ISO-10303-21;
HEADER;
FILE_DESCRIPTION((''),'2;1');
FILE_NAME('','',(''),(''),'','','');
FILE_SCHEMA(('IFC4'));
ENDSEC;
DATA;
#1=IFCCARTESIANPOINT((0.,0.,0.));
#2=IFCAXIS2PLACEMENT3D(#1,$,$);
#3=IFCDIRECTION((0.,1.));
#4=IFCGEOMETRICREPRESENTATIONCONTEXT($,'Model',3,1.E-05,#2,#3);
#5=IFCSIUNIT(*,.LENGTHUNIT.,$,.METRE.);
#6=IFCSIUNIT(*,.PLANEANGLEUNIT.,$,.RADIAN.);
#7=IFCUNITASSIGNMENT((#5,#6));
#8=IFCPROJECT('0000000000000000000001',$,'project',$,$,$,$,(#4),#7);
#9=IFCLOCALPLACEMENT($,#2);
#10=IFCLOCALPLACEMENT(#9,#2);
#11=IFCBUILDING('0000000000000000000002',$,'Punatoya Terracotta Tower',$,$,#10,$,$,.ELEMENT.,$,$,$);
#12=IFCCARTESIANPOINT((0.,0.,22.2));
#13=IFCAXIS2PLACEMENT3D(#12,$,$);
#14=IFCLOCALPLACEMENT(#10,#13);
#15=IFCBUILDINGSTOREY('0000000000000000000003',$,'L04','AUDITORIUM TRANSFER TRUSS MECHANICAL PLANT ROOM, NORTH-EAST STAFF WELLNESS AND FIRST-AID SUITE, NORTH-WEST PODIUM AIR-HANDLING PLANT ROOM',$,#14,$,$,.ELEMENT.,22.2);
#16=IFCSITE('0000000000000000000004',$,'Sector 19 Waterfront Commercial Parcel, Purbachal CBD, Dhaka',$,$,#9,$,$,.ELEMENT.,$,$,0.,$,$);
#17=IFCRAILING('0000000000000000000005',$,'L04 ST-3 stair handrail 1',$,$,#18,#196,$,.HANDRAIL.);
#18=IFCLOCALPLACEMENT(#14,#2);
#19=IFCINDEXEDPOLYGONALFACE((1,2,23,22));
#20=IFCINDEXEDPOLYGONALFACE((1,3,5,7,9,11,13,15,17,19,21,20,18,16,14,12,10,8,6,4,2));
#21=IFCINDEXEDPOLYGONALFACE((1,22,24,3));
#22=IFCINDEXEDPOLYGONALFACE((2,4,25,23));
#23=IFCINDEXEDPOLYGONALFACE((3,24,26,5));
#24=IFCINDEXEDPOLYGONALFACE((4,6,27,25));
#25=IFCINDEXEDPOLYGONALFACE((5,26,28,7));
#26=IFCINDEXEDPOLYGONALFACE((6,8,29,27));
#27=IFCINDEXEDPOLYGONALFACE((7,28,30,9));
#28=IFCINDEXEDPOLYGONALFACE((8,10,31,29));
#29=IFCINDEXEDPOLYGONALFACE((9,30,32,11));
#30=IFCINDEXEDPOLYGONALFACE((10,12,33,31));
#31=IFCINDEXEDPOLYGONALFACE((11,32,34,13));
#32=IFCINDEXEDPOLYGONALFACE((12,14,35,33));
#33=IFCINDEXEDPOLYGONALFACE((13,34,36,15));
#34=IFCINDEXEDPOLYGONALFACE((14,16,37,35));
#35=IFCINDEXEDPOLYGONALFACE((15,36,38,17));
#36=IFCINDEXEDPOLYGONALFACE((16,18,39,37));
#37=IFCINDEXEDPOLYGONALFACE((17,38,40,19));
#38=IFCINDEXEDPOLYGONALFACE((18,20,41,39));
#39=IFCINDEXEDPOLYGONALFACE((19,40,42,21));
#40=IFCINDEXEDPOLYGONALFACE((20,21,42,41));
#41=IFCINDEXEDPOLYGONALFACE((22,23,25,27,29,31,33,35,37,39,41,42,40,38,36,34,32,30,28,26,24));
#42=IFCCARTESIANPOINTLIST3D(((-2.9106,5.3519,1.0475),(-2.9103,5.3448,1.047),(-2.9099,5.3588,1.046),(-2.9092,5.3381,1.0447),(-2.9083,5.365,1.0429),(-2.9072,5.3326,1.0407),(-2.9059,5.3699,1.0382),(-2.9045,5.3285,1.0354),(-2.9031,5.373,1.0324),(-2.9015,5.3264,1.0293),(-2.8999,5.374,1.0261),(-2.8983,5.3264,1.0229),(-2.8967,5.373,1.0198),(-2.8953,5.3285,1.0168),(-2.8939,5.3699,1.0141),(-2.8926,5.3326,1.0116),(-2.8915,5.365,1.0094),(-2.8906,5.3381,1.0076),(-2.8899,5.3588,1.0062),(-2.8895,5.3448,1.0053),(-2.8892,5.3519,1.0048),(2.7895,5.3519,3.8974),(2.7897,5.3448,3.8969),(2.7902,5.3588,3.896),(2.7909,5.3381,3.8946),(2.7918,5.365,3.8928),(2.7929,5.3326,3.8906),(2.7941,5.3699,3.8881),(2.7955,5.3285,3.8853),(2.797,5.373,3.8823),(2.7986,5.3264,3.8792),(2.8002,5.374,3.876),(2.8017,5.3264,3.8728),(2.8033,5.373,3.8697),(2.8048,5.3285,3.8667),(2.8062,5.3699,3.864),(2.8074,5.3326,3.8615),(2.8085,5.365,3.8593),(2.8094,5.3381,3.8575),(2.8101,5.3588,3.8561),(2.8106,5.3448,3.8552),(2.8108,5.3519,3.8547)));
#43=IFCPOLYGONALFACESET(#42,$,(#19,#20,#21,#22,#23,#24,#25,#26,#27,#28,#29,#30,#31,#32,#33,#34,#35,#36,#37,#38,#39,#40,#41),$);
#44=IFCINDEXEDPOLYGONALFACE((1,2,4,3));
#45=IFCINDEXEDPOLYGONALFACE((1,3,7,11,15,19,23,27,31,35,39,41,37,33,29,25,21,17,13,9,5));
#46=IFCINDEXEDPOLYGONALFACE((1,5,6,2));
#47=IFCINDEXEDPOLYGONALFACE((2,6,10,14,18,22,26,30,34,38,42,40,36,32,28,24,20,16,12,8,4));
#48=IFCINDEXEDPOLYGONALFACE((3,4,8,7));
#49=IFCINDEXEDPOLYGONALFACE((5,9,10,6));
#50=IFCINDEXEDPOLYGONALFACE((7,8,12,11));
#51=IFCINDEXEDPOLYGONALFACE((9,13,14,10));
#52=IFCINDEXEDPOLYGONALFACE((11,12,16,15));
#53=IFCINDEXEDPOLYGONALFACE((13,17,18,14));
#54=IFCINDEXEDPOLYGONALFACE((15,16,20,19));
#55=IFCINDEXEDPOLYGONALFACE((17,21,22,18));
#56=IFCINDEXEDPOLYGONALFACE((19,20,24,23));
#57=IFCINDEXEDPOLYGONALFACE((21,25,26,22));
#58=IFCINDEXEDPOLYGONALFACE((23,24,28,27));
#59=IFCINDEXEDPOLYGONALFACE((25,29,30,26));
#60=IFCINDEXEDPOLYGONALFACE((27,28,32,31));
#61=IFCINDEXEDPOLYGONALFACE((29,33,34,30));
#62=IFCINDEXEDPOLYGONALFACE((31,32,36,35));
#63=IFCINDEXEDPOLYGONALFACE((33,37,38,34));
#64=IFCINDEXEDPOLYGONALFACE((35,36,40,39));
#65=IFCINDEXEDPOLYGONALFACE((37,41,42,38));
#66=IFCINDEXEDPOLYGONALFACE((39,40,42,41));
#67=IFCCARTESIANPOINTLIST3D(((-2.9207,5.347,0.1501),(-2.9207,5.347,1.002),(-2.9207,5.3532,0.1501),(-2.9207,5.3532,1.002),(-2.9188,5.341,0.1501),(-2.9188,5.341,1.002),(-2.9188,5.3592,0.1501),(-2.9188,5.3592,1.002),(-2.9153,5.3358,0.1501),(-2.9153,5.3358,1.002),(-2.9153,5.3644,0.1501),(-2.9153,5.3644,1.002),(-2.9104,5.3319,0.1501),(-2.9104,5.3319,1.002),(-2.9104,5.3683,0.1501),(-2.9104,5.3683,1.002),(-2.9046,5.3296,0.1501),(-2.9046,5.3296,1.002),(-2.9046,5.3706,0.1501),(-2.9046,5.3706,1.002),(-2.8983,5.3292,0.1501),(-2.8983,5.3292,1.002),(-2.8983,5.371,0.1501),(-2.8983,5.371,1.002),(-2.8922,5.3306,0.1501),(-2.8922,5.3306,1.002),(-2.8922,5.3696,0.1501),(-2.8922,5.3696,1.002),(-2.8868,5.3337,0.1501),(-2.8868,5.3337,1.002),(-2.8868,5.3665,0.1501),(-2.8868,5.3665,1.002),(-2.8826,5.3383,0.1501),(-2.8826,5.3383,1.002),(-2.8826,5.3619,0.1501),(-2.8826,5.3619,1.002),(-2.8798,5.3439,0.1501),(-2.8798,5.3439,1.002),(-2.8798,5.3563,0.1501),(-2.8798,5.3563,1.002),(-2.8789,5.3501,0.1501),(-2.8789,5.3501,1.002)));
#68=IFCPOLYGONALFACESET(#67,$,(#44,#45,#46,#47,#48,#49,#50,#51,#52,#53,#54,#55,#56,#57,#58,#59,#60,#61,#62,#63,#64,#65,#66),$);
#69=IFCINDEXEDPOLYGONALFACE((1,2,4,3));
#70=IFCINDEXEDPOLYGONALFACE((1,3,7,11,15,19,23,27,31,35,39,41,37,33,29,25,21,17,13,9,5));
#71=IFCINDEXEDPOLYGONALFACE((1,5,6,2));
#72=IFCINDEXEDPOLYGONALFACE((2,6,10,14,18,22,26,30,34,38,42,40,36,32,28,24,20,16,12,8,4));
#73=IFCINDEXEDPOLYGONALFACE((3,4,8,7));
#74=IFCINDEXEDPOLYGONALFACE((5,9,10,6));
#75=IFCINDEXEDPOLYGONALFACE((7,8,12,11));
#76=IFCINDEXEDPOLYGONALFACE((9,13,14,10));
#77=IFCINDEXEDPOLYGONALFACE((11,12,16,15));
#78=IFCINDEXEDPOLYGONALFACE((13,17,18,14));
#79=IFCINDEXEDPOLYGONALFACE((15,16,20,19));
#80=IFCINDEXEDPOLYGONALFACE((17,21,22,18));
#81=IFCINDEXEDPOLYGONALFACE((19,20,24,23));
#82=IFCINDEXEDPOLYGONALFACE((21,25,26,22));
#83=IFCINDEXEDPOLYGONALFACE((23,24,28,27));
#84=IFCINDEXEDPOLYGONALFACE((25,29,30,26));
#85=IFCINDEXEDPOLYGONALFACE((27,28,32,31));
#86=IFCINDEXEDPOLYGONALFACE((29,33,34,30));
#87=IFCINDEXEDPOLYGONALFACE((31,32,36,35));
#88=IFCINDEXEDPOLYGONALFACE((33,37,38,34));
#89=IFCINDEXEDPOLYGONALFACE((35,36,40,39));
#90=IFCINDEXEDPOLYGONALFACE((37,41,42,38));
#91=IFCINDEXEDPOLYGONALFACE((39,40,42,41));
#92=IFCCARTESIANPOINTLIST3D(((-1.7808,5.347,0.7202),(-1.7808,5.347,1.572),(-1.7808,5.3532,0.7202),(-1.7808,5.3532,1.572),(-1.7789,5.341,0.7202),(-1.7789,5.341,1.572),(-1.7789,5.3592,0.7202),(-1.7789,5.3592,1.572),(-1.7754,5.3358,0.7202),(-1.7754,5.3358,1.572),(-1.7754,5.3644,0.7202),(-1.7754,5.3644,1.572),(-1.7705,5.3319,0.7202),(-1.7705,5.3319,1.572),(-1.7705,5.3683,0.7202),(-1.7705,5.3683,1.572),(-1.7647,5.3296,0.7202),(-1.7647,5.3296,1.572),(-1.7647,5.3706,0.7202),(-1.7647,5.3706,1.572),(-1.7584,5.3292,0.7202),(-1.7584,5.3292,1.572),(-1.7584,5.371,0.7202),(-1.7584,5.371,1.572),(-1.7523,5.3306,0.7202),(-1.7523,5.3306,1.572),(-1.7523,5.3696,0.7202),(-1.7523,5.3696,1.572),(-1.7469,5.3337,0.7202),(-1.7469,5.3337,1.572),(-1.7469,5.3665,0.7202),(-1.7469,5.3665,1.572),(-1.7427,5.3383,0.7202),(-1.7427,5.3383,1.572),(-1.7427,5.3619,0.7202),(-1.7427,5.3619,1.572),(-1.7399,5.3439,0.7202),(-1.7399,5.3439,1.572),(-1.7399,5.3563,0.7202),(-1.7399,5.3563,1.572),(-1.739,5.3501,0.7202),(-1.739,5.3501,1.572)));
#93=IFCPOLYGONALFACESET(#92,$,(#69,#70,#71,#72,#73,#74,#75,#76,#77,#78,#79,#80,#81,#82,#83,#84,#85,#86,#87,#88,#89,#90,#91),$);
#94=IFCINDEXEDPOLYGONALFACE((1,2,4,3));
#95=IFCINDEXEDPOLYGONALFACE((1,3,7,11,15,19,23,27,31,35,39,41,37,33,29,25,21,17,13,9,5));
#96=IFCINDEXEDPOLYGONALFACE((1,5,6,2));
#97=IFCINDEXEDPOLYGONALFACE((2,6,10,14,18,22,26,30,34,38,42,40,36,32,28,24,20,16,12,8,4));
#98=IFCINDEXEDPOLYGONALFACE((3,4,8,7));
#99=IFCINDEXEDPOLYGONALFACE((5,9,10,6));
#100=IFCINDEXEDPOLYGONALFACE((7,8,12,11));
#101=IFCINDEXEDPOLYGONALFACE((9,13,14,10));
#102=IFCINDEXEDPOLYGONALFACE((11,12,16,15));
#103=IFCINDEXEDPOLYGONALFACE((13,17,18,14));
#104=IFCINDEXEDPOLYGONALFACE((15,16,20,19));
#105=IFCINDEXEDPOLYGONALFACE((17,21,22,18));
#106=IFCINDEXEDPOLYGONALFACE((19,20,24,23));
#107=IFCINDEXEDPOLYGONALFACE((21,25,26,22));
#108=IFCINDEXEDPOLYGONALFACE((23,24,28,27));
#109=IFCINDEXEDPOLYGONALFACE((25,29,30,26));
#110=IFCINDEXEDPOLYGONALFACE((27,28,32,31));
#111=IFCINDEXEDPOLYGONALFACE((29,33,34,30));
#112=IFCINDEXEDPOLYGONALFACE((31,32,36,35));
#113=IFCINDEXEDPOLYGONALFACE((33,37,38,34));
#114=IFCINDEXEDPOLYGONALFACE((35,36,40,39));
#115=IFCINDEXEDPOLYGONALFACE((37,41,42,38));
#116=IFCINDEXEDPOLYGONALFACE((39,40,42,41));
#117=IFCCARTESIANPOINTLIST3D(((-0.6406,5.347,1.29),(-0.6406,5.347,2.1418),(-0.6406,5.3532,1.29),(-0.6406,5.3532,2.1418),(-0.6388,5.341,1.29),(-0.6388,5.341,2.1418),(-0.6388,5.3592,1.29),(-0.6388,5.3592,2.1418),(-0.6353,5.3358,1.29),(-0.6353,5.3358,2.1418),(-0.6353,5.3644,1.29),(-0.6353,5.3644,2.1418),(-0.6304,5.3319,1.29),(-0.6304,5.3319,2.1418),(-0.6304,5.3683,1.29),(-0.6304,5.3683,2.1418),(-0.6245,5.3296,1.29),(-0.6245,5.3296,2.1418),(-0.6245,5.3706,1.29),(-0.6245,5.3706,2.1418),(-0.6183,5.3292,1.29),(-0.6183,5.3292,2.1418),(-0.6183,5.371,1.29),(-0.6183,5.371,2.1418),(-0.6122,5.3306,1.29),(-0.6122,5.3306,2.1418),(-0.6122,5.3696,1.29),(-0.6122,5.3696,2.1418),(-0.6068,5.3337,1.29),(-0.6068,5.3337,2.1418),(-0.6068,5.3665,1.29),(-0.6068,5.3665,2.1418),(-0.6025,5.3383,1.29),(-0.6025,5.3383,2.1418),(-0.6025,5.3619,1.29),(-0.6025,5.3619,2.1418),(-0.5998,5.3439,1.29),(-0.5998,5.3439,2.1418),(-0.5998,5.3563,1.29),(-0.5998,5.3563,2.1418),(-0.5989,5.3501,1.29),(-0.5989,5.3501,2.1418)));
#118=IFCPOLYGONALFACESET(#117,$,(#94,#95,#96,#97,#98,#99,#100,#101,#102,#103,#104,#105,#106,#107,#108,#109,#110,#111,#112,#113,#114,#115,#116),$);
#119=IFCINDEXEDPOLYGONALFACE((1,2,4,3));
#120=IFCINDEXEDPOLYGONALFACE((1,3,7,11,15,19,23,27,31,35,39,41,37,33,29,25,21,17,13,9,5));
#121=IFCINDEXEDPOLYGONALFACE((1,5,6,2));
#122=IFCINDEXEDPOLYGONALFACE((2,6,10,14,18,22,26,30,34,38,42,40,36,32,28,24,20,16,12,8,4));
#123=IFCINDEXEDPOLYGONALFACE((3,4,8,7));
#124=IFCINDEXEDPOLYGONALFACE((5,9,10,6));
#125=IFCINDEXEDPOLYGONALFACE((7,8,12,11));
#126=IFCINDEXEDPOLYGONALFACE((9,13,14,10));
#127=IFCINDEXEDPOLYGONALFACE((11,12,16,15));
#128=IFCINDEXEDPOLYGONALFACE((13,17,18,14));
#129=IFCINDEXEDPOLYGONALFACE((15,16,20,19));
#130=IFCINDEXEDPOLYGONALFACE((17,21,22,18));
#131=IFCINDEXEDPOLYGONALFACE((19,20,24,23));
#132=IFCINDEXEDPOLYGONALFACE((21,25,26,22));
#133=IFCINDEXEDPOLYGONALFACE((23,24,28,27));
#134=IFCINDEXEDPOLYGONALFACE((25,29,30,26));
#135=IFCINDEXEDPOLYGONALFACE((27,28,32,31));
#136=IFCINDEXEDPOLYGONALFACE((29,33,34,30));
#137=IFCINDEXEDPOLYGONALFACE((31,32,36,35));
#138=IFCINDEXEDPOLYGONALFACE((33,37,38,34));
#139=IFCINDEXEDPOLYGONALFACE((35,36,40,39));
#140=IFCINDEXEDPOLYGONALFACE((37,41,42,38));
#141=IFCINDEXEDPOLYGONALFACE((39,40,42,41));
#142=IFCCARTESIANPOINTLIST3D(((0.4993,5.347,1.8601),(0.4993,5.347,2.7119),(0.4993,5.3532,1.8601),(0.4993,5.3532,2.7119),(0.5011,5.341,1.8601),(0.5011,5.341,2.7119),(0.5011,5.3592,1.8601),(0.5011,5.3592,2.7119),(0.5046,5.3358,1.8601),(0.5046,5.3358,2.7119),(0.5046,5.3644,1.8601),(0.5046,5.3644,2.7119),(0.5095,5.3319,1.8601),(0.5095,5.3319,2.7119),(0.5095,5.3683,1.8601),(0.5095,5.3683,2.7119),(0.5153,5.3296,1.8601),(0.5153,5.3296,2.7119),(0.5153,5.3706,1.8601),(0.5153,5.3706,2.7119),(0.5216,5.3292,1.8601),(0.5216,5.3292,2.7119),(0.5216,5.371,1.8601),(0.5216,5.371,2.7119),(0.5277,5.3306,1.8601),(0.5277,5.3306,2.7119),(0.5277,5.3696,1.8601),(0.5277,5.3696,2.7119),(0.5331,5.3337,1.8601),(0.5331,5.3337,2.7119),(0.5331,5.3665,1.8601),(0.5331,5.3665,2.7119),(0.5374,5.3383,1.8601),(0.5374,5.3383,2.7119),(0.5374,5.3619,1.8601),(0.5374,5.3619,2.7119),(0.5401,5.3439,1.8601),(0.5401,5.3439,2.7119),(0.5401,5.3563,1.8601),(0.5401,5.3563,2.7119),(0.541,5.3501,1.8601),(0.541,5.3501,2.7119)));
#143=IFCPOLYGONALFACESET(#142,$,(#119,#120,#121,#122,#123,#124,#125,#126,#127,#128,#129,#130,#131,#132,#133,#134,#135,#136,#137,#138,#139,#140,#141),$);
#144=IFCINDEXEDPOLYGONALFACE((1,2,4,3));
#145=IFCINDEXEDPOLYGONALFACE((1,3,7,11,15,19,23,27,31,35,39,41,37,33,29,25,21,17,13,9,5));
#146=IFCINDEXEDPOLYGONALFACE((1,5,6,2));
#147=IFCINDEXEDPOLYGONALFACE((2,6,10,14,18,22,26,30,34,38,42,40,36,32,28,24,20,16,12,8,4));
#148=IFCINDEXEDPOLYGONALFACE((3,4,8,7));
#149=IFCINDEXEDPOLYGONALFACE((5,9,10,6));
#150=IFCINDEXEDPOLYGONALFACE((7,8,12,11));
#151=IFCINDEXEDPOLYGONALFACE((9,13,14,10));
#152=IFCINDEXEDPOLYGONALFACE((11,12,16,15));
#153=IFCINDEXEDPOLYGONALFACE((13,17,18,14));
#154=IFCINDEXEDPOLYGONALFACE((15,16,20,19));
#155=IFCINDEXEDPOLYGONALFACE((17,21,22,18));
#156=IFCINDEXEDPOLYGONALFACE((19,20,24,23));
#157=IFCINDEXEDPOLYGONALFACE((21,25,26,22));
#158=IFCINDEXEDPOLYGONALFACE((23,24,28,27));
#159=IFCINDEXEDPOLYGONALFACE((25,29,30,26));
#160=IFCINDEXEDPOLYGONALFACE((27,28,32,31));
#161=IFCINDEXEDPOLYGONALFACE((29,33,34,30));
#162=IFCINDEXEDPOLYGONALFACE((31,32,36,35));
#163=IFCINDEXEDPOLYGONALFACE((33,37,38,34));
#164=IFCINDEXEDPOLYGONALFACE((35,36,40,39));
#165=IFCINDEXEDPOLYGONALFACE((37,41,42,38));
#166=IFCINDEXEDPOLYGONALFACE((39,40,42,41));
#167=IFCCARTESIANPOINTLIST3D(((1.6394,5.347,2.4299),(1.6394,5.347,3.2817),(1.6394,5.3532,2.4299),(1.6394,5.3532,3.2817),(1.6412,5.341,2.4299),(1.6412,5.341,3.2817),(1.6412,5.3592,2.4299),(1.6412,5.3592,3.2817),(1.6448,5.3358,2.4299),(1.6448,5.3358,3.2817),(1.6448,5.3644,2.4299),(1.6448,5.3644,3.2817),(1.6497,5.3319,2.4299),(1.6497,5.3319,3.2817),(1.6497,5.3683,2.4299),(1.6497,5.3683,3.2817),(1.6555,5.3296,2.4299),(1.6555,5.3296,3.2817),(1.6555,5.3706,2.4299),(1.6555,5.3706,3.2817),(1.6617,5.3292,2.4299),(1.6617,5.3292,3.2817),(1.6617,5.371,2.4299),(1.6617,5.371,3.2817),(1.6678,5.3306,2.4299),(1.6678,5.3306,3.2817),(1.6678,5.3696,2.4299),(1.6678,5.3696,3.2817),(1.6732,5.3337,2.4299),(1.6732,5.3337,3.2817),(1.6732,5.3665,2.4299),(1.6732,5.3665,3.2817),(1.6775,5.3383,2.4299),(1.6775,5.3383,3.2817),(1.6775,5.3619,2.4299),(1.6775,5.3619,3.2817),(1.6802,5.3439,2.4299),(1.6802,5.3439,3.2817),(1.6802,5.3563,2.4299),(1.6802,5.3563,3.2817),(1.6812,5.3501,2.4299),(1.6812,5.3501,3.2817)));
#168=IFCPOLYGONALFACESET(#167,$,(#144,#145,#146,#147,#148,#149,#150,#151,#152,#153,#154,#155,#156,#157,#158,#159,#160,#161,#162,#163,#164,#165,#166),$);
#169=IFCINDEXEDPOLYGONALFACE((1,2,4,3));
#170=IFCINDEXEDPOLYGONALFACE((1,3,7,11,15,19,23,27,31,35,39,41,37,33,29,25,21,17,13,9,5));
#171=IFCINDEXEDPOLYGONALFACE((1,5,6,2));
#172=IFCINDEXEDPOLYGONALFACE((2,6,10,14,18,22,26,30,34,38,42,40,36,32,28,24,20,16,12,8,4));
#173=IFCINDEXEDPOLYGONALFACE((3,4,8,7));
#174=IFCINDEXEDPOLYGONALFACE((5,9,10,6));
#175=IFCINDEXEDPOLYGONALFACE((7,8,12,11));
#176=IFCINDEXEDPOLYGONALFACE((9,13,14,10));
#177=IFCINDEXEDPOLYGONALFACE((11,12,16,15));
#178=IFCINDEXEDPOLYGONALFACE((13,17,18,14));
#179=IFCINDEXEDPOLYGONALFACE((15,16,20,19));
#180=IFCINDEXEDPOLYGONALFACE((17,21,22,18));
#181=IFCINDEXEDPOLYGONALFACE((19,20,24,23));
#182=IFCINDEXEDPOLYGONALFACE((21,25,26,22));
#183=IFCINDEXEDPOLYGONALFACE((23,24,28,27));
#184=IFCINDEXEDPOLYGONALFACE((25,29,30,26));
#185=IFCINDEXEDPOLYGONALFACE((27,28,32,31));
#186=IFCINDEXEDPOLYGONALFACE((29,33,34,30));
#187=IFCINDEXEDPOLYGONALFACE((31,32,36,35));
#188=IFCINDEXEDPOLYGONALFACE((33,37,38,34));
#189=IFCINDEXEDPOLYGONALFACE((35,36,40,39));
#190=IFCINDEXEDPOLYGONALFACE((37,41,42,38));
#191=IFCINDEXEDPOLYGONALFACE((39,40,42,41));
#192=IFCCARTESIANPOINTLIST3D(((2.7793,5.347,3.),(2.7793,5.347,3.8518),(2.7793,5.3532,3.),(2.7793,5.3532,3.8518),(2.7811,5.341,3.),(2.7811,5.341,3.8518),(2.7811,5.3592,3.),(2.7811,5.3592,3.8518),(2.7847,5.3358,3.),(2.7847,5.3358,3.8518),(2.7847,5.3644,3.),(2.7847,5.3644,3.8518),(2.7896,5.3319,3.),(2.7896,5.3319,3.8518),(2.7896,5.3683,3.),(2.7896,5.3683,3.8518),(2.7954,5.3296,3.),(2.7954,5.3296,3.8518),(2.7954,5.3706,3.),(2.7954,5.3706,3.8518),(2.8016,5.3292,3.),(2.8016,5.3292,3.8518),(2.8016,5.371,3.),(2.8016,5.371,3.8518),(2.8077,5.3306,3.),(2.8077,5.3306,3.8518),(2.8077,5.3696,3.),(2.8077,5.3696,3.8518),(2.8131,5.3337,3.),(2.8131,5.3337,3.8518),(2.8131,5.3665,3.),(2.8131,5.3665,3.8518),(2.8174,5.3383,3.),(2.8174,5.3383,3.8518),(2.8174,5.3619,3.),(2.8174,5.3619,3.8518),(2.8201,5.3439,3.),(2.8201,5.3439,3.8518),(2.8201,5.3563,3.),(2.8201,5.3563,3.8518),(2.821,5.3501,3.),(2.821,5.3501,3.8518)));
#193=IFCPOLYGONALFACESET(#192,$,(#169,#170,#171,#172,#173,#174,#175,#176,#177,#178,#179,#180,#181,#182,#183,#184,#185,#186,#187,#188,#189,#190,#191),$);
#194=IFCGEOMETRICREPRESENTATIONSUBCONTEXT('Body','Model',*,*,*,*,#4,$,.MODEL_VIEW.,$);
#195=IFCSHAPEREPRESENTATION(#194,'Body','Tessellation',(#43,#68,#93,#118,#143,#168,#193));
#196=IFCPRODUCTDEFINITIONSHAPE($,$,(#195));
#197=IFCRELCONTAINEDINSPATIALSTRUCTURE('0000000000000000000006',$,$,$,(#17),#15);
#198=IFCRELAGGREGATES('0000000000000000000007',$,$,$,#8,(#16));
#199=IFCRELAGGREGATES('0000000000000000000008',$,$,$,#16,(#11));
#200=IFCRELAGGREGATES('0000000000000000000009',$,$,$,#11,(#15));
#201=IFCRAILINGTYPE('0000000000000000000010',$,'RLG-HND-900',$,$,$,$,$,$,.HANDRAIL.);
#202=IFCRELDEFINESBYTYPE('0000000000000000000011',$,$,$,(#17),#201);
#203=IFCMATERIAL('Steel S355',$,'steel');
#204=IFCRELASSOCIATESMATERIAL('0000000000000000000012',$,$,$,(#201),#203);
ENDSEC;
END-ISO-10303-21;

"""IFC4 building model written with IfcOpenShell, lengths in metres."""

from ifc_helpers import new_model, si_unit, direction, frame, origin, origin_2d, place, context, subcontext, project, spatial, circle, extrude, material, type_object, element, save


model = new_model("IFC4")

# Units and contexts
model_context = context("Model", 3, precision=1e-05, world=origin(), true_north=direction((0.0, 1.0)))
body_context = subcontext(model_context, "Body", "Model", "MODEL_VIEW")
ifc_project = project(units=[si_unit("LENGTHUNIT", "METRE"), si_unit("PLANEANGLEUNIT", "RADIAN")], contexts=[model_context])

# Site, building, storey
site_placement = place(None, origin())
site = spatial("IfcSite", under=ifc_project, at=site_placement, Name="Sector 19 Waterfront Commercial Parcel, Purbachal CBD, Dhaka", CompositionType="ELEMENT", RefElevation=0.0)
building_placement = place(site_placement, origin())
building = spatial("IfcBuilding", under=site, at=building_placement, Name="Punatoya Terracotta Tower", CompositionType="ELEMENT")
storey_placement = place(building_placement, frame((0.0, 0.0, 22.2)))
storey = spatial("IfcBuildingStorey", under=building, at=storey_placement, Name="L04", Description="AUDITORIUM TRANSFER TRUSS MECHANICAL PLANT ROOM, NORTH-EAST STAFF WELLNESS AND FIRST-AID SUITE, NORTH-WEST PODIUM AIR-HANDLING PLANT ROOM", CompositionType="ELEMENT", Elevation=22.2)

# Shared definitions
ifc_material_1 = material(Name="Steel S355", Category="steel")

# Railing
railing_type_1 = type_object("IfcRailingType", Name="RLG-HND-900", PredefinedType="HANDRAIL", material=ifc_material_1)
railing_1_placement = place(storey_placement, frame((-2.8999, 5.3501, 0.1501)))
element("IfcRailing", 1, at=railing_1_placement, inside=storey, type_object=railing_type_1, Name="L04 ST-3 stair handrail 1", PredefinedType="HANDRAIL", context=body_context, shape_type="SweptSolid", body=[
    extrude(circle(Radius=0.0239, at=origin_2d()), frame((0.0, 0.0, 0.876), z_axis=(0.894435, 0.0, 0.447198), x_axis=(0.0, 1.0, 0.0)), (0.0, 0.0, 1.0), 6.3728),
    extrude(circle(Radius=0.021, at=origin_2d()), origin(), (0.0, 0.0, 1.0), 0.8518),
    extrude(circle(Radius=0.021, at=origin_2d()), frame((1.1399, 0.0, 0.5701)), (0.0, 0.0, 1.0), 0.8518),
    extrude(circle(Radius=0.021, at=origin_2d()), frame((2.28, 0.0, 1.1399)), (0.0, 0.0, 1.0), 0.8518),
    extrude(circle(Radius=0.021, at=origin_2d()), frame((3.4199, 0.0, 1.71)), (0.0, 0.0, 1.0), 0.8518),
    extrude(circle(Radius=0.021, at=origin_2d()), frame((4.5601, 0.0, 2.2798)), (0.0, 0.0, 1.0), 0.8518),
    extrude(circle(Radius=0.021, at=origin_2d()), frame((5.7, 0.0, 2.8499)), (0.0, 0.0, 1.0), 0.8518),
])

save(model, "model.ifc")
